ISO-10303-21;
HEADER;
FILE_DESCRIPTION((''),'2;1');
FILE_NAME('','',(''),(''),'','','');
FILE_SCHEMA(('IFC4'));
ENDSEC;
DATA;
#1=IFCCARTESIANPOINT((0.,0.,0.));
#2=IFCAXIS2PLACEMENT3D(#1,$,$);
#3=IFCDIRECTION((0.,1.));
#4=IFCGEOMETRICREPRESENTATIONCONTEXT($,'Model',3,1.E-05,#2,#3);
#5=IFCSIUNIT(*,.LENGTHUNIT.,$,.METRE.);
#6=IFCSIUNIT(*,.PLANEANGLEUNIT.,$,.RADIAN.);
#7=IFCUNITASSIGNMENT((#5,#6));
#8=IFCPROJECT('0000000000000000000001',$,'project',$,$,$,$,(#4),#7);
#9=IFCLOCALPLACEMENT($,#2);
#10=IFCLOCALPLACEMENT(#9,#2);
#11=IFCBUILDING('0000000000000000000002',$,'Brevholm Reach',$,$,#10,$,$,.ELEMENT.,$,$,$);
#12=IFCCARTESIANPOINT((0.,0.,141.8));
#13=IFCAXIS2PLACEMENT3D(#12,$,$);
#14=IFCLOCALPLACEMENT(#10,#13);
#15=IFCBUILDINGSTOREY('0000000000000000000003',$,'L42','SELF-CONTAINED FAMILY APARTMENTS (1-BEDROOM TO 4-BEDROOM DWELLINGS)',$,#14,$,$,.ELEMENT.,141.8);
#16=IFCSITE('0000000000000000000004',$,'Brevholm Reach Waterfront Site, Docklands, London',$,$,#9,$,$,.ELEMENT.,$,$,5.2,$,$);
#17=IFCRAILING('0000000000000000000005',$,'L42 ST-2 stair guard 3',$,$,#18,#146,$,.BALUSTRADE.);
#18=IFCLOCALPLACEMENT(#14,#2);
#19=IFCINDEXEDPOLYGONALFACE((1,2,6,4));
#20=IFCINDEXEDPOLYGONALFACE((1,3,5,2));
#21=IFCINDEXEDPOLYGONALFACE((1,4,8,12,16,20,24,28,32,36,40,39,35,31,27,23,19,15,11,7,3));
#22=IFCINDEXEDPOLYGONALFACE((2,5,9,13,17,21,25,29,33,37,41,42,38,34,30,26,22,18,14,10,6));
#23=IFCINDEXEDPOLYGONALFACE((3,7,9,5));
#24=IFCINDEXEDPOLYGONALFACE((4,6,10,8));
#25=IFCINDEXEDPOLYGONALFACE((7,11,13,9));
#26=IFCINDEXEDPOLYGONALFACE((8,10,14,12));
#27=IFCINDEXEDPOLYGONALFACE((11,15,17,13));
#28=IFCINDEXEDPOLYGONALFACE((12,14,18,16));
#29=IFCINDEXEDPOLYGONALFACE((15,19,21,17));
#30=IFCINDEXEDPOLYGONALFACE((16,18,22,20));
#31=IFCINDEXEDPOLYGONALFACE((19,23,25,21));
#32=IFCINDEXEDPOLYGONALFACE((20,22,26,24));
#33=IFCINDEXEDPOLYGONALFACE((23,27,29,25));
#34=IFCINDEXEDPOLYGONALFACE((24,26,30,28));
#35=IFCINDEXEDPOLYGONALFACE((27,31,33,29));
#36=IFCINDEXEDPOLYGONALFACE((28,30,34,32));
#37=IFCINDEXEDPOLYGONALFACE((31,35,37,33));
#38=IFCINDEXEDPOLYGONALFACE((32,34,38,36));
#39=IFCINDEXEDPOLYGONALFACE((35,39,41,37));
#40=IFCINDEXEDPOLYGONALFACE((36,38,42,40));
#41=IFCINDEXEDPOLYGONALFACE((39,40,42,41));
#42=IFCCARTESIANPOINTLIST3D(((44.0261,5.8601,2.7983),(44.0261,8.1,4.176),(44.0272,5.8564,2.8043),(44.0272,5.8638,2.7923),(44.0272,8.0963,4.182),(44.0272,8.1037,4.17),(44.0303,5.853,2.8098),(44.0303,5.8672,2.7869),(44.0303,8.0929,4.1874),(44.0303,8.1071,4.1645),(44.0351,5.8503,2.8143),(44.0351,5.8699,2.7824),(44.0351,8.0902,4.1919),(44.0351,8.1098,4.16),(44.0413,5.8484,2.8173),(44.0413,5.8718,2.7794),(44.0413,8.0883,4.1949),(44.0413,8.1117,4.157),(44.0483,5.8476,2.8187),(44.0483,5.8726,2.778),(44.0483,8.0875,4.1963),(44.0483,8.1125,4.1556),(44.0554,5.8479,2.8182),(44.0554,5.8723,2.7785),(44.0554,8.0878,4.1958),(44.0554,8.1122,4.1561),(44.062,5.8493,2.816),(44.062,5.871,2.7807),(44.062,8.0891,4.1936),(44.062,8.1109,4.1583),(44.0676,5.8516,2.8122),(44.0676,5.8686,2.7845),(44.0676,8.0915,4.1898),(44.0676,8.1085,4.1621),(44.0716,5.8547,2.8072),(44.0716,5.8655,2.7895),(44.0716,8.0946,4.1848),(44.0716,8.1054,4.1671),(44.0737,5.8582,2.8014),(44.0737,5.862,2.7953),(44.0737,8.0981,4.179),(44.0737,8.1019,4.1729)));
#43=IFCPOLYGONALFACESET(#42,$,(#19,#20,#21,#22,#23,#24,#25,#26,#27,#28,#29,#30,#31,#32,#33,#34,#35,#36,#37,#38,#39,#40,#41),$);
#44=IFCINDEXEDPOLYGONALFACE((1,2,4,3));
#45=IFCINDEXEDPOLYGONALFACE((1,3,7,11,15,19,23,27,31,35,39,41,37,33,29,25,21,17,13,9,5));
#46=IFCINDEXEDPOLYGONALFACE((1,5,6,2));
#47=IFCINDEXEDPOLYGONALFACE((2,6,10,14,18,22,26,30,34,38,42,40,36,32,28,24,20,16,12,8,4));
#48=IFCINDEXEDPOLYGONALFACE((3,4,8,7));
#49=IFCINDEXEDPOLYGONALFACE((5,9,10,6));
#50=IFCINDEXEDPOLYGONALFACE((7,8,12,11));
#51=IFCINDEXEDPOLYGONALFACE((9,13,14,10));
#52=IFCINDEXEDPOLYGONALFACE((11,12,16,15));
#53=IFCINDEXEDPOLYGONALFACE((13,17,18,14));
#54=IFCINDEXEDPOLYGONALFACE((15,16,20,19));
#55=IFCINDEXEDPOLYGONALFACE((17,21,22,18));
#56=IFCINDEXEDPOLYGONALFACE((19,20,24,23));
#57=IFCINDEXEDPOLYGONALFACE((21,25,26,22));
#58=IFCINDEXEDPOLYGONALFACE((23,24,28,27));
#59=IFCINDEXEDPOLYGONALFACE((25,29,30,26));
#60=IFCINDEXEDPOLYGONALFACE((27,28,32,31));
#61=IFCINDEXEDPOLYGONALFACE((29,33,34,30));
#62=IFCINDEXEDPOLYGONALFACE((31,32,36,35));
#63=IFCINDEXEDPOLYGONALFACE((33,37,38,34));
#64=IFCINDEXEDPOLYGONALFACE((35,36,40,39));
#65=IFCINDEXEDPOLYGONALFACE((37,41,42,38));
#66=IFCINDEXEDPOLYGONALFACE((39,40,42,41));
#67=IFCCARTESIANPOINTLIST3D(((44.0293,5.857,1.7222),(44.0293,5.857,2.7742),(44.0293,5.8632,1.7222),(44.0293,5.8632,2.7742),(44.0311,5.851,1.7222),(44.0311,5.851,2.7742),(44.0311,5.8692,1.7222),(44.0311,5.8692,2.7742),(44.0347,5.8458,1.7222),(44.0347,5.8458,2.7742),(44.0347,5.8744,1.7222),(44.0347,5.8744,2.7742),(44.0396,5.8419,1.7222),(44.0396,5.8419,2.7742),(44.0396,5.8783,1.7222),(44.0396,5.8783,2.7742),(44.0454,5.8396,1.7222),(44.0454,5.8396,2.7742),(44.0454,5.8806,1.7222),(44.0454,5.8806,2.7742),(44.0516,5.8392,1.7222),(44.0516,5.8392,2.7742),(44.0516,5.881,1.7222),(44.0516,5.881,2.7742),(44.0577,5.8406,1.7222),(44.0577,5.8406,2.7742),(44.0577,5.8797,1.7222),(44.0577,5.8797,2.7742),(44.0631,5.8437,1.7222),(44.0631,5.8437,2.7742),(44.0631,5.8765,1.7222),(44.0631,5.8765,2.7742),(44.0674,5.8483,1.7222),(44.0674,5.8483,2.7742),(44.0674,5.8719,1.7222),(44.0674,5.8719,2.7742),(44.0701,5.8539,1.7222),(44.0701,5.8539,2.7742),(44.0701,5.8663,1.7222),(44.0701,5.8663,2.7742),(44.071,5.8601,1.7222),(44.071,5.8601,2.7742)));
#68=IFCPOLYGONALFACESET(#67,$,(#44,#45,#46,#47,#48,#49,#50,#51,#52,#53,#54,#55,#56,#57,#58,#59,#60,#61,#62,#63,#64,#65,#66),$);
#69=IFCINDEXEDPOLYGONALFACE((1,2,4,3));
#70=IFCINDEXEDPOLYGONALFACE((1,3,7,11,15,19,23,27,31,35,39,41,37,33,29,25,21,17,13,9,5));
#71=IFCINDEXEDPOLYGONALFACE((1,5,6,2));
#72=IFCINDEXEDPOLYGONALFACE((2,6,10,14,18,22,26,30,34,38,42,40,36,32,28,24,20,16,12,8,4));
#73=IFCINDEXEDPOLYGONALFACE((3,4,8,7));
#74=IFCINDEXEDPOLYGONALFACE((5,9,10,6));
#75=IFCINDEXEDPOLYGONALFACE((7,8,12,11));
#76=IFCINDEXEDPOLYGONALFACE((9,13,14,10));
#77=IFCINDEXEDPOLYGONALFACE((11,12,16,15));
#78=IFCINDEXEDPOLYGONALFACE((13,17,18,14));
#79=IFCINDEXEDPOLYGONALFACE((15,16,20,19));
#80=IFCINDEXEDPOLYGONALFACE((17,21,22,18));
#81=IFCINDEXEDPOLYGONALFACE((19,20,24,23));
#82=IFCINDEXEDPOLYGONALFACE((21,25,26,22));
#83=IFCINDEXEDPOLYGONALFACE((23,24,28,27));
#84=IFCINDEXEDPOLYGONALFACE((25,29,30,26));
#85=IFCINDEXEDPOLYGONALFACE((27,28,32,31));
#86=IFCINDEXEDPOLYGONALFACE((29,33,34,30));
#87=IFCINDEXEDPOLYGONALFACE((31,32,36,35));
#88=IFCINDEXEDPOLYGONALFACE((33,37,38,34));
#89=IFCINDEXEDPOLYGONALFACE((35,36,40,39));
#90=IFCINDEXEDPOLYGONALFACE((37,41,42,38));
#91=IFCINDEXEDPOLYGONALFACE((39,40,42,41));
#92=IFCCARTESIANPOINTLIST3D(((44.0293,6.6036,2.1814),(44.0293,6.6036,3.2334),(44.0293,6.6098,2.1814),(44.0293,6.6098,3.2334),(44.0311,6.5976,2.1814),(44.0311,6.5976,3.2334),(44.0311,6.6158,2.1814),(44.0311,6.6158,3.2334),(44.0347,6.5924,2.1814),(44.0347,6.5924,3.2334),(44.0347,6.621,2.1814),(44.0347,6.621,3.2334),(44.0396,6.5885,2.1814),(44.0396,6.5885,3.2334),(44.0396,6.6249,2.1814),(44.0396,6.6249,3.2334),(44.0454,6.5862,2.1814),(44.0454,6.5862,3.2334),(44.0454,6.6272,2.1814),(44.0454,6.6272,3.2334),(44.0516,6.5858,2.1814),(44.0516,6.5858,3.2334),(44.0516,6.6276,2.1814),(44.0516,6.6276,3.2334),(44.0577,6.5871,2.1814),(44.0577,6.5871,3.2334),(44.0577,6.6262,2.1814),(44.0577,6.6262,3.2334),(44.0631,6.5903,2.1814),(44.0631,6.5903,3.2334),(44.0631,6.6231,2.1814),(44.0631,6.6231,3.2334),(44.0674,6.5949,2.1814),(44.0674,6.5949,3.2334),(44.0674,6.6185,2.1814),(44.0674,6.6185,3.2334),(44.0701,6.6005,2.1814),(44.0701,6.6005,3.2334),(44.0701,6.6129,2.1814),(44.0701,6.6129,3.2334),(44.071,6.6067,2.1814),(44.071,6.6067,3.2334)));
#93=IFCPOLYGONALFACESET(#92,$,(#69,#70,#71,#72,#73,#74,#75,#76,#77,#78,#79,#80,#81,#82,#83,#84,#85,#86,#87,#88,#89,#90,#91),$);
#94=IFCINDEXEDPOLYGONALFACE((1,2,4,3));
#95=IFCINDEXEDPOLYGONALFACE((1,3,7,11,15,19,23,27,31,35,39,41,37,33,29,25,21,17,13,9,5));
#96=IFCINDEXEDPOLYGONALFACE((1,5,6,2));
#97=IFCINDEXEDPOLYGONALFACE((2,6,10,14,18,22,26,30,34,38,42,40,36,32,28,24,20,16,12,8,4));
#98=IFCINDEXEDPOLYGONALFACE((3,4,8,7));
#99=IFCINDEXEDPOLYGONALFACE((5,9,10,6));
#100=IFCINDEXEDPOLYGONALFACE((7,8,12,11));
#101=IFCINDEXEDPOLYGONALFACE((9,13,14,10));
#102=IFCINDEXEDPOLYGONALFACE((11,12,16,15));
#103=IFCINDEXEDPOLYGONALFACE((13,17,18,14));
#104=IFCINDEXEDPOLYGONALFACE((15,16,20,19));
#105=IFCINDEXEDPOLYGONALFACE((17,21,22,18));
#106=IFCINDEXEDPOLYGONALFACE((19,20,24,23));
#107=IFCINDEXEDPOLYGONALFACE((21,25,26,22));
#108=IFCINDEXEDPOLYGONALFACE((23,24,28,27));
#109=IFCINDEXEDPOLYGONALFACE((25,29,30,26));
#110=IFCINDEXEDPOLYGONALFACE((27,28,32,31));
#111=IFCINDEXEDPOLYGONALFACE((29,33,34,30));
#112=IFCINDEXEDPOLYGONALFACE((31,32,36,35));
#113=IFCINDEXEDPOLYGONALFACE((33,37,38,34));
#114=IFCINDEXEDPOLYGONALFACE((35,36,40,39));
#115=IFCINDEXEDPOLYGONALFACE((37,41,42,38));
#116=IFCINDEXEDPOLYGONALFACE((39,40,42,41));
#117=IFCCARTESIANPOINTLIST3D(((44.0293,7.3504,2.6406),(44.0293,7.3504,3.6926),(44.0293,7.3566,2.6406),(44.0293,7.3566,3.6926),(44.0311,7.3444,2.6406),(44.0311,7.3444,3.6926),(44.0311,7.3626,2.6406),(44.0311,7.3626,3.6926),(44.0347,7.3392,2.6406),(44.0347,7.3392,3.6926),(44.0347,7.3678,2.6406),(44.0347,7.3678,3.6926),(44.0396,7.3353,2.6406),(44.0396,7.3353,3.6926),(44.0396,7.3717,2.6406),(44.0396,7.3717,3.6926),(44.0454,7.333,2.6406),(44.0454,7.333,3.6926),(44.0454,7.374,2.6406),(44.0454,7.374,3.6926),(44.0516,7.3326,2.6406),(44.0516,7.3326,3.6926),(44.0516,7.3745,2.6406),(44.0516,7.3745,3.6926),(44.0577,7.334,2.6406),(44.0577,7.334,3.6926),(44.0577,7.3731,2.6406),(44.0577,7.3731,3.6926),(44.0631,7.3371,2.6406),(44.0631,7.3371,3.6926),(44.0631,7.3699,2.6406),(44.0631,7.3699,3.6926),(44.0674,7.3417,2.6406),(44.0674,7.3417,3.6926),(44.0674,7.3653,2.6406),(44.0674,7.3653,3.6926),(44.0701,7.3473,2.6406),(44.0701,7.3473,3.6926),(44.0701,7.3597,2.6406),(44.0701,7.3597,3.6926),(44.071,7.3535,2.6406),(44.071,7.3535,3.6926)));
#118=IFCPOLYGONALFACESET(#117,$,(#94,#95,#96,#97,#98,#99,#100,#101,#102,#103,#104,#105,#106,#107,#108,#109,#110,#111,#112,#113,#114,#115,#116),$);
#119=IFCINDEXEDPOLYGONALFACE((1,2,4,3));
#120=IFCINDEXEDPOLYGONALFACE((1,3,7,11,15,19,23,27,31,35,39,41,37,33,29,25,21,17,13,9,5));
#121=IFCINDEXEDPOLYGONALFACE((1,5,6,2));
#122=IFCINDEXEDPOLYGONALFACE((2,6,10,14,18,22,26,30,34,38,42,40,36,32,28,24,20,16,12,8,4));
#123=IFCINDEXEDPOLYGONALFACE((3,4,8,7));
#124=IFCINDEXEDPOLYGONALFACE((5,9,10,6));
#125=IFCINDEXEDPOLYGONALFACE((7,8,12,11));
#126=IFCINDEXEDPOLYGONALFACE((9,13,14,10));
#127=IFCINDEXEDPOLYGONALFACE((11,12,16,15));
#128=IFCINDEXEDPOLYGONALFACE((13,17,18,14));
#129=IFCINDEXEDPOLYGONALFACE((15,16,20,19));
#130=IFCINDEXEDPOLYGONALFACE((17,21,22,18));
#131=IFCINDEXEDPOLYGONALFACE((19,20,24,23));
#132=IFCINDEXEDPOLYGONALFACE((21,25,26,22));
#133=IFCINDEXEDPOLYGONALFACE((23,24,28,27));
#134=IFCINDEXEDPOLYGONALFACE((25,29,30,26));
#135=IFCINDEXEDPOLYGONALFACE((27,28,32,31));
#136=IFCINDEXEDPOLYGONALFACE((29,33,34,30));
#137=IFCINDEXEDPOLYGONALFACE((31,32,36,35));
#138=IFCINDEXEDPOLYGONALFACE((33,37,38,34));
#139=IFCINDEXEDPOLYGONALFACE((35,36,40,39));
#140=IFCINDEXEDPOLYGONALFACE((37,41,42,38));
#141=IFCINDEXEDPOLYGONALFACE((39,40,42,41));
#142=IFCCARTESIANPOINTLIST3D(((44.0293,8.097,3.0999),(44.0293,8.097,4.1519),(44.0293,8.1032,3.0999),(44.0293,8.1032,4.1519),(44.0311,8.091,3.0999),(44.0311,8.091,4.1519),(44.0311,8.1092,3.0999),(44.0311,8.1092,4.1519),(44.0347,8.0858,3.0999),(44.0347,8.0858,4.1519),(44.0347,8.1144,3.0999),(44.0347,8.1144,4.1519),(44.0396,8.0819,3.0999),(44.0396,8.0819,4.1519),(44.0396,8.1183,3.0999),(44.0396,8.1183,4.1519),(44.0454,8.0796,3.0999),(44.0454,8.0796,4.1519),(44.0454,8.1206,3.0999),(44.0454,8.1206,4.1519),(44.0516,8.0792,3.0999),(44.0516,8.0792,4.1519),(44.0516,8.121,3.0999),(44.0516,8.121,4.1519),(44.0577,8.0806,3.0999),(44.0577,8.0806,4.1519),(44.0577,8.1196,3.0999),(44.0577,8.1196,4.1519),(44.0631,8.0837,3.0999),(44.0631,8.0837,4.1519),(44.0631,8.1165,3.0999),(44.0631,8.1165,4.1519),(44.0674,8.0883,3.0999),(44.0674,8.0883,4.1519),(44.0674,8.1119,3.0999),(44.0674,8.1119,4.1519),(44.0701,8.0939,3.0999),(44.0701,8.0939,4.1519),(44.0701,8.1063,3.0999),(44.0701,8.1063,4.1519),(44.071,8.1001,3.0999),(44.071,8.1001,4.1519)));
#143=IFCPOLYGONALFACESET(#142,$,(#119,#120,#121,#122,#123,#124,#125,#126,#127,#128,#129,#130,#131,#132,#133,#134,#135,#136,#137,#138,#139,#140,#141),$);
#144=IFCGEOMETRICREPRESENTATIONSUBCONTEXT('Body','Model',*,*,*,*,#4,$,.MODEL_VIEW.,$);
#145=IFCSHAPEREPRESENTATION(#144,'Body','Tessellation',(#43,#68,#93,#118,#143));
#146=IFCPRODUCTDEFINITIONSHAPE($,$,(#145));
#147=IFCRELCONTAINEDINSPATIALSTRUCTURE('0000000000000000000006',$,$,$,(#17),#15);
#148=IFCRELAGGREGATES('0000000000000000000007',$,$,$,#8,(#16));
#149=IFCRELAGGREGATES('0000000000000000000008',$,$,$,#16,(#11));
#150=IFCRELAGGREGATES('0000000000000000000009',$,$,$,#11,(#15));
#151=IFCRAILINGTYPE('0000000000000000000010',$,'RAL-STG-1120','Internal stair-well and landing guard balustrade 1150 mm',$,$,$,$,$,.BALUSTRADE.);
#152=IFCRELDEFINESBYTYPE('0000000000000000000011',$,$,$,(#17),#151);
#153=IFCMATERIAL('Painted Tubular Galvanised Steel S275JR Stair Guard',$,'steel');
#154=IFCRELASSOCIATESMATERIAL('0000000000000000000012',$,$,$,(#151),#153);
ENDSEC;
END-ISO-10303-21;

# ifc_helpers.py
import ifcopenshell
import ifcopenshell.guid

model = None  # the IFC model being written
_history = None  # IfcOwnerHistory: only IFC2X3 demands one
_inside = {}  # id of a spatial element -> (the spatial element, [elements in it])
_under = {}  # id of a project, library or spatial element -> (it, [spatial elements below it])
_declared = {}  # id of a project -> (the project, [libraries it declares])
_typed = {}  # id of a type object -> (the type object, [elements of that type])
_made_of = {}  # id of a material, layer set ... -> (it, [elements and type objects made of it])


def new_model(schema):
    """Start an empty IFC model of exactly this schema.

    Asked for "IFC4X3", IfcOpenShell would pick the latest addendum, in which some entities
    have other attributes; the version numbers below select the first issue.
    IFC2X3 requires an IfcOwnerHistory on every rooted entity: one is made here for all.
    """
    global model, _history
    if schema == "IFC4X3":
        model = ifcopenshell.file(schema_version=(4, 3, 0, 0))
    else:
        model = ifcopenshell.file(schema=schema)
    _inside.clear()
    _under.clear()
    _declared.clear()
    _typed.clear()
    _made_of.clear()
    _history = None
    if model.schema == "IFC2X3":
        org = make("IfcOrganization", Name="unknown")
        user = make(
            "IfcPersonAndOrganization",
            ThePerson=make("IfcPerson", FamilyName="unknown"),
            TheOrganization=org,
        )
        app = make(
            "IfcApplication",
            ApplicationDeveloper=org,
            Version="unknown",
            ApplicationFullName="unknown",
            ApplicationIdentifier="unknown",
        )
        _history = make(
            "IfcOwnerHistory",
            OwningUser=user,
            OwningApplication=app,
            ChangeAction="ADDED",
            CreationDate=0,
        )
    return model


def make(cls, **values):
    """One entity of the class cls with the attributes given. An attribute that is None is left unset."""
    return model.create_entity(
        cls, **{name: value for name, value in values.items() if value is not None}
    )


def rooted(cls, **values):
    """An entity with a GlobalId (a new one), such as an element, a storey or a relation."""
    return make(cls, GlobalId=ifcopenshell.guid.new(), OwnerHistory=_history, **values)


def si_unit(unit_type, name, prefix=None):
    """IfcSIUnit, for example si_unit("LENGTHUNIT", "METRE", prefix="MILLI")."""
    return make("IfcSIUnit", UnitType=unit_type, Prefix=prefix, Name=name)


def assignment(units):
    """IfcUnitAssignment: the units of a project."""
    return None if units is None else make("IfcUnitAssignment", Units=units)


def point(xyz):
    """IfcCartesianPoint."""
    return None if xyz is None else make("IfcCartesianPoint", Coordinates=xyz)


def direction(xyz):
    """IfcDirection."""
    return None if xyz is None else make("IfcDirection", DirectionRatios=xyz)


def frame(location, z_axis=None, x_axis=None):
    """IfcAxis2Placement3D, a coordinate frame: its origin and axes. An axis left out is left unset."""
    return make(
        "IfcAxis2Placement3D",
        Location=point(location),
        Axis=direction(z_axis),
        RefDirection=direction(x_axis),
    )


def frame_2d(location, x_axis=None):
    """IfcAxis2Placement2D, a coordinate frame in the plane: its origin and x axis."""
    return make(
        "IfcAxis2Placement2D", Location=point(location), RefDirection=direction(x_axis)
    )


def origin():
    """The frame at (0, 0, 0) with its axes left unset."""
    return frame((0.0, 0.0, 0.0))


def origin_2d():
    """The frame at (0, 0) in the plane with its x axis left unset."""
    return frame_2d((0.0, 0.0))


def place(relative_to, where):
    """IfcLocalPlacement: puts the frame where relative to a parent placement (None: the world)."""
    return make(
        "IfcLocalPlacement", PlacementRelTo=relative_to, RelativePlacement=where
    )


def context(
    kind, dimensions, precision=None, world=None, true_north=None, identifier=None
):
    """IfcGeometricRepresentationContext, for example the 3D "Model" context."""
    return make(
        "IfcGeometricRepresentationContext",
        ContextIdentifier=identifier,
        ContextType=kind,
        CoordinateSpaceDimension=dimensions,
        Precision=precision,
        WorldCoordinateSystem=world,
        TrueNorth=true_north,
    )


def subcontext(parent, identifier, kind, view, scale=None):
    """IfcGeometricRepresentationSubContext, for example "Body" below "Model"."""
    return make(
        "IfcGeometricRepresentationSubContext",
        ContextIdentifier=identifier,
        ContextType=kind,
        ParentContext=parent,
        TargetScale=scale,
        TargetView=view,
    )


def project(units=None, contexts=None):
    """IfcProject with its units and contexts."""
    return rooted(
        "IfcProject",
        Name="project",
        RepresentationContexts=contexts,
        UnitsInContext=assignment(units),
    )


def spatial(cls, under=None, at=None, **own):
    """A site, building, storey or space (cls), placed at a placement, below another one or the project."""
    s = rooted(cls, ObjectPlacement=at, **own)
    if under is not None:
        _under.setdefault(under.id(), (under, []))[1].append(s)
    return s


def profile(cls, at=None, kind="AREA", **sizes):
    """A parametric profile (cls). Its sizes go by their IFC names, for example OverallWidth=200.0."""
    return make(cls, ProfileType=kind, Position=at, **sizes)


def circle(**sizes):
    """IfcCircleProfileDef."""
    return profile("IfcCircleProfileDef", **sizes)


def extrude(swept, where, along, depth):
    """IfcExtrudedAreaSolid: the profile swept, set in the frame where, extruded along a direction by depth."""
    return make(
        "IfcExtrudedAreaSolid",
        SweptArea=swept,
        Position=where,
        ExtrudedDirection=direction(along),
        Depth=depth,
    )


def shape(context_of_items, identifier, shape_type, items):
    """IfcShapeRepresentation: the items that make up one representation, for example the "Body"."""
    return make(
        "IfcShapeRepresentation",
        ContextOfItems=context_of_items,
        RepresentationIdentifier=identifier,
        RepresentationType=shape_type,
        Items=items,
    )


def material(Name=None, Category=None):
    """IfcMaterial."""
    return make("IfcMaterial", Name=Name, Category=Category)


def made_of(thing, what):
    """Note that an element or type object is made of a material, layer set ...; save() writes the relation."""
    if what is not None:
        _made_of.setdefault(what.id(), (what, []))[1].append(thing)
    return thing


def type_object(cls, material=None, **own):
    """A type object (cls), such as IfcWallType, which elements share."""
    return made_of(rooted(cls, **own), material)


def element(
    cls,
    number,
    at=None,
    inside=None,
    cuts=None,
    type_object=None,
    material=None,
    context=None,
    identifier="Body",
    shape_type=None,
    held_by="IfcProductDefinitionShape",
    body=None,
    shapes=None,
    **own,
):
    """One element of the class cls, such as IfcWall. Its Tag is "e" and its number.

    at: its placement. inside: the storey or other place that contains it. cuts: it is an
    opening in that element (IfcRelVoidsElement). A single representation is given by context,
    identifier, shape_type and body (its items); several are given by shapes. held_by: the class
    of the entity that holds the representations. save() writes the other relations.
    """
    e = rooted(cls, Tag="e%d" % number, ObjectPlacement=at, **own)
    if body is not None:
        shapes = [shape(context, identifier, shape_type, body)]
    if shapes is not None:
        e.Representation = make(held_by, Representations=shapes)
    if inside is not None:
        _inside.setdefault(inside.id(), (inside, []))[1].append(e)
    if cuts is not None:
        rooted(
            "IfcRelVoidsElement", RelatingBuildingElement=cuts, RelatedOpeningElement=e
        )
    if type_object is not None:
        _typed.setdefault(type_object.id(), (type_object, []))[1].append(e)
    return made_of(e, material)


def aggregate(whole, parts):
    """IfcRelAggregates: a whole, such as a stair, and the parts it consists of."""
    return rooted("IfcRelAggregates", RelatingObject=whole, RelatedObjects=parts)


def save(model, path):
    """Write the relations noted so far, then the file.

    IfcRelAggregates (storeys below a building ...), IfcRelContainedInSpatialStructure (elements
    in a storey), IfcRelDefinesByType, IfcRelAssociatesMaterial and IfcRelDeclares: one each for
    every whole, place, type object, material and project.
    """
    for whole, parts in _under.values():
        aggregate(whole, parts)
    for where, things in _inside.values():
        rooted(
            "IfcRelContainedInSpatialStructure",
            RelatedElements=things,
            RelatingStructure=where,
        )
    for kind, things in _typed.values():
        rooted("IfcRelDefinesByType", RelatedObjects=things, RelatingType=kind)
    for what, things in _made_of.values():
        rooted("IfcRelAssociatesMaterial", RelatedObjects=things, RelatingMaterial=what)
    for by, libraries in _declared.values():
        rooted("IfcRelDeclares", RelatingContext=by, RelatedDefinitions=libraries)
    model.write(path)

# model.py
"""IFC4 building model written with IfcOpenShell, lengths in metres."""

from ifc_helpers import new_model, si_unit, direction, frame, origin, origin_2d, place, context, subcontext, project, spatial, circle, extrude, material, type_object, element, save


model = new_model("IFC4")

# Units and contexts
model_context = context("Model", 3, precision=1e-05, world=origin(), true_north=direction((0.0, 1.0)))
body_context = subcontext(model_context, "Body", "Model", "MODEL_VIEW")
ifc_project = project(units=[si_unit("LENGTHUNIT", "METRE"), si_unit("PLANEANGLEUNIT", "RADIAN")], contexts=[model_context])

# Site, building, storey
site_placement = place(None, origin())
site = spatial("IfcSite", under=ifc_project, at=site_placement, Name="Brevholm Reach Waterfront Site, Docklands, London", CompositionType="ELEMENT", RefElevation=5.2)
building_placement = place(site_placement, origin())
building = spatial("IfcBuilding", under=site, at=building_placement, Name="Brevholm Reach", CompositionType="ELEMENT")
storey_placement = place(building_placement, frame((0.0, 0.0, 141.8)))
storey = spatial("IfcBuildingStorey", under=building, at=storey_placement, Name="L42", Description="SELF-CONTAINED FAMILY APARTMENTS (1-BEDROOM TO 4-BEDROOM DWELLINGS)", CompositionType="ELEMENT", Elevation=141.8)

# Railing
ifc_material_1 = material(Name="Painted Tubular Galvanised Steel S275JR Stair Guard", Category="steel")
railing_type_1 = type_object("IfcRailingType", Name="RAL-STG-1120", Description="Internal stair-well and landing guard balustrade 1150 mm", PredefinedType="BALUSTRADE", material=ifc_material_1)
railing_1_placement = place(storey_placement, frame((44.05, 5.8601, 1.7222)))
element("IfcRailing", 1, at=railing_1_placement, inside=storey, type_object=railing_type_1, Name="L42 ST-2 stair guard 3", PredefinedType="BALUSTRADE", context=body_context, shape_type="SweptSolid", body=[
    extrude(circle(Radius=0.0239, at=origin_2d()), frame((0.0, 0.0, 1.0762), z_axis=(0.0, 0.851789, 0.523885), x_axis=(-1.0, 0.0, 0.0)), (0.0, 0.0, 1.0), 2.6296),
    extrude(circle(Radius=0.021, at=origin_2d()), origin(), (0.0, 0.0, 1.0), 1.052),
    extrude(circle(Radius=0.021, at=origin_2d()), frame((0.0, 0.7466, 0.4592)), (0.0, 0.0, 1.0), 1.052),
    extrude(circle(Radius=0.021, at=origin_2d()), frame((0.0, 1.4934, 0.9185)), (0.0, 0.0, 1.0), 1.052),
    extrude(circle(Radius=0.021, at=origin_2d()), frame((0.0, 2.24, 1.3777)), (0.0, 0.0, 1.0), 1.052),
])

save(model, "model.ifc")
